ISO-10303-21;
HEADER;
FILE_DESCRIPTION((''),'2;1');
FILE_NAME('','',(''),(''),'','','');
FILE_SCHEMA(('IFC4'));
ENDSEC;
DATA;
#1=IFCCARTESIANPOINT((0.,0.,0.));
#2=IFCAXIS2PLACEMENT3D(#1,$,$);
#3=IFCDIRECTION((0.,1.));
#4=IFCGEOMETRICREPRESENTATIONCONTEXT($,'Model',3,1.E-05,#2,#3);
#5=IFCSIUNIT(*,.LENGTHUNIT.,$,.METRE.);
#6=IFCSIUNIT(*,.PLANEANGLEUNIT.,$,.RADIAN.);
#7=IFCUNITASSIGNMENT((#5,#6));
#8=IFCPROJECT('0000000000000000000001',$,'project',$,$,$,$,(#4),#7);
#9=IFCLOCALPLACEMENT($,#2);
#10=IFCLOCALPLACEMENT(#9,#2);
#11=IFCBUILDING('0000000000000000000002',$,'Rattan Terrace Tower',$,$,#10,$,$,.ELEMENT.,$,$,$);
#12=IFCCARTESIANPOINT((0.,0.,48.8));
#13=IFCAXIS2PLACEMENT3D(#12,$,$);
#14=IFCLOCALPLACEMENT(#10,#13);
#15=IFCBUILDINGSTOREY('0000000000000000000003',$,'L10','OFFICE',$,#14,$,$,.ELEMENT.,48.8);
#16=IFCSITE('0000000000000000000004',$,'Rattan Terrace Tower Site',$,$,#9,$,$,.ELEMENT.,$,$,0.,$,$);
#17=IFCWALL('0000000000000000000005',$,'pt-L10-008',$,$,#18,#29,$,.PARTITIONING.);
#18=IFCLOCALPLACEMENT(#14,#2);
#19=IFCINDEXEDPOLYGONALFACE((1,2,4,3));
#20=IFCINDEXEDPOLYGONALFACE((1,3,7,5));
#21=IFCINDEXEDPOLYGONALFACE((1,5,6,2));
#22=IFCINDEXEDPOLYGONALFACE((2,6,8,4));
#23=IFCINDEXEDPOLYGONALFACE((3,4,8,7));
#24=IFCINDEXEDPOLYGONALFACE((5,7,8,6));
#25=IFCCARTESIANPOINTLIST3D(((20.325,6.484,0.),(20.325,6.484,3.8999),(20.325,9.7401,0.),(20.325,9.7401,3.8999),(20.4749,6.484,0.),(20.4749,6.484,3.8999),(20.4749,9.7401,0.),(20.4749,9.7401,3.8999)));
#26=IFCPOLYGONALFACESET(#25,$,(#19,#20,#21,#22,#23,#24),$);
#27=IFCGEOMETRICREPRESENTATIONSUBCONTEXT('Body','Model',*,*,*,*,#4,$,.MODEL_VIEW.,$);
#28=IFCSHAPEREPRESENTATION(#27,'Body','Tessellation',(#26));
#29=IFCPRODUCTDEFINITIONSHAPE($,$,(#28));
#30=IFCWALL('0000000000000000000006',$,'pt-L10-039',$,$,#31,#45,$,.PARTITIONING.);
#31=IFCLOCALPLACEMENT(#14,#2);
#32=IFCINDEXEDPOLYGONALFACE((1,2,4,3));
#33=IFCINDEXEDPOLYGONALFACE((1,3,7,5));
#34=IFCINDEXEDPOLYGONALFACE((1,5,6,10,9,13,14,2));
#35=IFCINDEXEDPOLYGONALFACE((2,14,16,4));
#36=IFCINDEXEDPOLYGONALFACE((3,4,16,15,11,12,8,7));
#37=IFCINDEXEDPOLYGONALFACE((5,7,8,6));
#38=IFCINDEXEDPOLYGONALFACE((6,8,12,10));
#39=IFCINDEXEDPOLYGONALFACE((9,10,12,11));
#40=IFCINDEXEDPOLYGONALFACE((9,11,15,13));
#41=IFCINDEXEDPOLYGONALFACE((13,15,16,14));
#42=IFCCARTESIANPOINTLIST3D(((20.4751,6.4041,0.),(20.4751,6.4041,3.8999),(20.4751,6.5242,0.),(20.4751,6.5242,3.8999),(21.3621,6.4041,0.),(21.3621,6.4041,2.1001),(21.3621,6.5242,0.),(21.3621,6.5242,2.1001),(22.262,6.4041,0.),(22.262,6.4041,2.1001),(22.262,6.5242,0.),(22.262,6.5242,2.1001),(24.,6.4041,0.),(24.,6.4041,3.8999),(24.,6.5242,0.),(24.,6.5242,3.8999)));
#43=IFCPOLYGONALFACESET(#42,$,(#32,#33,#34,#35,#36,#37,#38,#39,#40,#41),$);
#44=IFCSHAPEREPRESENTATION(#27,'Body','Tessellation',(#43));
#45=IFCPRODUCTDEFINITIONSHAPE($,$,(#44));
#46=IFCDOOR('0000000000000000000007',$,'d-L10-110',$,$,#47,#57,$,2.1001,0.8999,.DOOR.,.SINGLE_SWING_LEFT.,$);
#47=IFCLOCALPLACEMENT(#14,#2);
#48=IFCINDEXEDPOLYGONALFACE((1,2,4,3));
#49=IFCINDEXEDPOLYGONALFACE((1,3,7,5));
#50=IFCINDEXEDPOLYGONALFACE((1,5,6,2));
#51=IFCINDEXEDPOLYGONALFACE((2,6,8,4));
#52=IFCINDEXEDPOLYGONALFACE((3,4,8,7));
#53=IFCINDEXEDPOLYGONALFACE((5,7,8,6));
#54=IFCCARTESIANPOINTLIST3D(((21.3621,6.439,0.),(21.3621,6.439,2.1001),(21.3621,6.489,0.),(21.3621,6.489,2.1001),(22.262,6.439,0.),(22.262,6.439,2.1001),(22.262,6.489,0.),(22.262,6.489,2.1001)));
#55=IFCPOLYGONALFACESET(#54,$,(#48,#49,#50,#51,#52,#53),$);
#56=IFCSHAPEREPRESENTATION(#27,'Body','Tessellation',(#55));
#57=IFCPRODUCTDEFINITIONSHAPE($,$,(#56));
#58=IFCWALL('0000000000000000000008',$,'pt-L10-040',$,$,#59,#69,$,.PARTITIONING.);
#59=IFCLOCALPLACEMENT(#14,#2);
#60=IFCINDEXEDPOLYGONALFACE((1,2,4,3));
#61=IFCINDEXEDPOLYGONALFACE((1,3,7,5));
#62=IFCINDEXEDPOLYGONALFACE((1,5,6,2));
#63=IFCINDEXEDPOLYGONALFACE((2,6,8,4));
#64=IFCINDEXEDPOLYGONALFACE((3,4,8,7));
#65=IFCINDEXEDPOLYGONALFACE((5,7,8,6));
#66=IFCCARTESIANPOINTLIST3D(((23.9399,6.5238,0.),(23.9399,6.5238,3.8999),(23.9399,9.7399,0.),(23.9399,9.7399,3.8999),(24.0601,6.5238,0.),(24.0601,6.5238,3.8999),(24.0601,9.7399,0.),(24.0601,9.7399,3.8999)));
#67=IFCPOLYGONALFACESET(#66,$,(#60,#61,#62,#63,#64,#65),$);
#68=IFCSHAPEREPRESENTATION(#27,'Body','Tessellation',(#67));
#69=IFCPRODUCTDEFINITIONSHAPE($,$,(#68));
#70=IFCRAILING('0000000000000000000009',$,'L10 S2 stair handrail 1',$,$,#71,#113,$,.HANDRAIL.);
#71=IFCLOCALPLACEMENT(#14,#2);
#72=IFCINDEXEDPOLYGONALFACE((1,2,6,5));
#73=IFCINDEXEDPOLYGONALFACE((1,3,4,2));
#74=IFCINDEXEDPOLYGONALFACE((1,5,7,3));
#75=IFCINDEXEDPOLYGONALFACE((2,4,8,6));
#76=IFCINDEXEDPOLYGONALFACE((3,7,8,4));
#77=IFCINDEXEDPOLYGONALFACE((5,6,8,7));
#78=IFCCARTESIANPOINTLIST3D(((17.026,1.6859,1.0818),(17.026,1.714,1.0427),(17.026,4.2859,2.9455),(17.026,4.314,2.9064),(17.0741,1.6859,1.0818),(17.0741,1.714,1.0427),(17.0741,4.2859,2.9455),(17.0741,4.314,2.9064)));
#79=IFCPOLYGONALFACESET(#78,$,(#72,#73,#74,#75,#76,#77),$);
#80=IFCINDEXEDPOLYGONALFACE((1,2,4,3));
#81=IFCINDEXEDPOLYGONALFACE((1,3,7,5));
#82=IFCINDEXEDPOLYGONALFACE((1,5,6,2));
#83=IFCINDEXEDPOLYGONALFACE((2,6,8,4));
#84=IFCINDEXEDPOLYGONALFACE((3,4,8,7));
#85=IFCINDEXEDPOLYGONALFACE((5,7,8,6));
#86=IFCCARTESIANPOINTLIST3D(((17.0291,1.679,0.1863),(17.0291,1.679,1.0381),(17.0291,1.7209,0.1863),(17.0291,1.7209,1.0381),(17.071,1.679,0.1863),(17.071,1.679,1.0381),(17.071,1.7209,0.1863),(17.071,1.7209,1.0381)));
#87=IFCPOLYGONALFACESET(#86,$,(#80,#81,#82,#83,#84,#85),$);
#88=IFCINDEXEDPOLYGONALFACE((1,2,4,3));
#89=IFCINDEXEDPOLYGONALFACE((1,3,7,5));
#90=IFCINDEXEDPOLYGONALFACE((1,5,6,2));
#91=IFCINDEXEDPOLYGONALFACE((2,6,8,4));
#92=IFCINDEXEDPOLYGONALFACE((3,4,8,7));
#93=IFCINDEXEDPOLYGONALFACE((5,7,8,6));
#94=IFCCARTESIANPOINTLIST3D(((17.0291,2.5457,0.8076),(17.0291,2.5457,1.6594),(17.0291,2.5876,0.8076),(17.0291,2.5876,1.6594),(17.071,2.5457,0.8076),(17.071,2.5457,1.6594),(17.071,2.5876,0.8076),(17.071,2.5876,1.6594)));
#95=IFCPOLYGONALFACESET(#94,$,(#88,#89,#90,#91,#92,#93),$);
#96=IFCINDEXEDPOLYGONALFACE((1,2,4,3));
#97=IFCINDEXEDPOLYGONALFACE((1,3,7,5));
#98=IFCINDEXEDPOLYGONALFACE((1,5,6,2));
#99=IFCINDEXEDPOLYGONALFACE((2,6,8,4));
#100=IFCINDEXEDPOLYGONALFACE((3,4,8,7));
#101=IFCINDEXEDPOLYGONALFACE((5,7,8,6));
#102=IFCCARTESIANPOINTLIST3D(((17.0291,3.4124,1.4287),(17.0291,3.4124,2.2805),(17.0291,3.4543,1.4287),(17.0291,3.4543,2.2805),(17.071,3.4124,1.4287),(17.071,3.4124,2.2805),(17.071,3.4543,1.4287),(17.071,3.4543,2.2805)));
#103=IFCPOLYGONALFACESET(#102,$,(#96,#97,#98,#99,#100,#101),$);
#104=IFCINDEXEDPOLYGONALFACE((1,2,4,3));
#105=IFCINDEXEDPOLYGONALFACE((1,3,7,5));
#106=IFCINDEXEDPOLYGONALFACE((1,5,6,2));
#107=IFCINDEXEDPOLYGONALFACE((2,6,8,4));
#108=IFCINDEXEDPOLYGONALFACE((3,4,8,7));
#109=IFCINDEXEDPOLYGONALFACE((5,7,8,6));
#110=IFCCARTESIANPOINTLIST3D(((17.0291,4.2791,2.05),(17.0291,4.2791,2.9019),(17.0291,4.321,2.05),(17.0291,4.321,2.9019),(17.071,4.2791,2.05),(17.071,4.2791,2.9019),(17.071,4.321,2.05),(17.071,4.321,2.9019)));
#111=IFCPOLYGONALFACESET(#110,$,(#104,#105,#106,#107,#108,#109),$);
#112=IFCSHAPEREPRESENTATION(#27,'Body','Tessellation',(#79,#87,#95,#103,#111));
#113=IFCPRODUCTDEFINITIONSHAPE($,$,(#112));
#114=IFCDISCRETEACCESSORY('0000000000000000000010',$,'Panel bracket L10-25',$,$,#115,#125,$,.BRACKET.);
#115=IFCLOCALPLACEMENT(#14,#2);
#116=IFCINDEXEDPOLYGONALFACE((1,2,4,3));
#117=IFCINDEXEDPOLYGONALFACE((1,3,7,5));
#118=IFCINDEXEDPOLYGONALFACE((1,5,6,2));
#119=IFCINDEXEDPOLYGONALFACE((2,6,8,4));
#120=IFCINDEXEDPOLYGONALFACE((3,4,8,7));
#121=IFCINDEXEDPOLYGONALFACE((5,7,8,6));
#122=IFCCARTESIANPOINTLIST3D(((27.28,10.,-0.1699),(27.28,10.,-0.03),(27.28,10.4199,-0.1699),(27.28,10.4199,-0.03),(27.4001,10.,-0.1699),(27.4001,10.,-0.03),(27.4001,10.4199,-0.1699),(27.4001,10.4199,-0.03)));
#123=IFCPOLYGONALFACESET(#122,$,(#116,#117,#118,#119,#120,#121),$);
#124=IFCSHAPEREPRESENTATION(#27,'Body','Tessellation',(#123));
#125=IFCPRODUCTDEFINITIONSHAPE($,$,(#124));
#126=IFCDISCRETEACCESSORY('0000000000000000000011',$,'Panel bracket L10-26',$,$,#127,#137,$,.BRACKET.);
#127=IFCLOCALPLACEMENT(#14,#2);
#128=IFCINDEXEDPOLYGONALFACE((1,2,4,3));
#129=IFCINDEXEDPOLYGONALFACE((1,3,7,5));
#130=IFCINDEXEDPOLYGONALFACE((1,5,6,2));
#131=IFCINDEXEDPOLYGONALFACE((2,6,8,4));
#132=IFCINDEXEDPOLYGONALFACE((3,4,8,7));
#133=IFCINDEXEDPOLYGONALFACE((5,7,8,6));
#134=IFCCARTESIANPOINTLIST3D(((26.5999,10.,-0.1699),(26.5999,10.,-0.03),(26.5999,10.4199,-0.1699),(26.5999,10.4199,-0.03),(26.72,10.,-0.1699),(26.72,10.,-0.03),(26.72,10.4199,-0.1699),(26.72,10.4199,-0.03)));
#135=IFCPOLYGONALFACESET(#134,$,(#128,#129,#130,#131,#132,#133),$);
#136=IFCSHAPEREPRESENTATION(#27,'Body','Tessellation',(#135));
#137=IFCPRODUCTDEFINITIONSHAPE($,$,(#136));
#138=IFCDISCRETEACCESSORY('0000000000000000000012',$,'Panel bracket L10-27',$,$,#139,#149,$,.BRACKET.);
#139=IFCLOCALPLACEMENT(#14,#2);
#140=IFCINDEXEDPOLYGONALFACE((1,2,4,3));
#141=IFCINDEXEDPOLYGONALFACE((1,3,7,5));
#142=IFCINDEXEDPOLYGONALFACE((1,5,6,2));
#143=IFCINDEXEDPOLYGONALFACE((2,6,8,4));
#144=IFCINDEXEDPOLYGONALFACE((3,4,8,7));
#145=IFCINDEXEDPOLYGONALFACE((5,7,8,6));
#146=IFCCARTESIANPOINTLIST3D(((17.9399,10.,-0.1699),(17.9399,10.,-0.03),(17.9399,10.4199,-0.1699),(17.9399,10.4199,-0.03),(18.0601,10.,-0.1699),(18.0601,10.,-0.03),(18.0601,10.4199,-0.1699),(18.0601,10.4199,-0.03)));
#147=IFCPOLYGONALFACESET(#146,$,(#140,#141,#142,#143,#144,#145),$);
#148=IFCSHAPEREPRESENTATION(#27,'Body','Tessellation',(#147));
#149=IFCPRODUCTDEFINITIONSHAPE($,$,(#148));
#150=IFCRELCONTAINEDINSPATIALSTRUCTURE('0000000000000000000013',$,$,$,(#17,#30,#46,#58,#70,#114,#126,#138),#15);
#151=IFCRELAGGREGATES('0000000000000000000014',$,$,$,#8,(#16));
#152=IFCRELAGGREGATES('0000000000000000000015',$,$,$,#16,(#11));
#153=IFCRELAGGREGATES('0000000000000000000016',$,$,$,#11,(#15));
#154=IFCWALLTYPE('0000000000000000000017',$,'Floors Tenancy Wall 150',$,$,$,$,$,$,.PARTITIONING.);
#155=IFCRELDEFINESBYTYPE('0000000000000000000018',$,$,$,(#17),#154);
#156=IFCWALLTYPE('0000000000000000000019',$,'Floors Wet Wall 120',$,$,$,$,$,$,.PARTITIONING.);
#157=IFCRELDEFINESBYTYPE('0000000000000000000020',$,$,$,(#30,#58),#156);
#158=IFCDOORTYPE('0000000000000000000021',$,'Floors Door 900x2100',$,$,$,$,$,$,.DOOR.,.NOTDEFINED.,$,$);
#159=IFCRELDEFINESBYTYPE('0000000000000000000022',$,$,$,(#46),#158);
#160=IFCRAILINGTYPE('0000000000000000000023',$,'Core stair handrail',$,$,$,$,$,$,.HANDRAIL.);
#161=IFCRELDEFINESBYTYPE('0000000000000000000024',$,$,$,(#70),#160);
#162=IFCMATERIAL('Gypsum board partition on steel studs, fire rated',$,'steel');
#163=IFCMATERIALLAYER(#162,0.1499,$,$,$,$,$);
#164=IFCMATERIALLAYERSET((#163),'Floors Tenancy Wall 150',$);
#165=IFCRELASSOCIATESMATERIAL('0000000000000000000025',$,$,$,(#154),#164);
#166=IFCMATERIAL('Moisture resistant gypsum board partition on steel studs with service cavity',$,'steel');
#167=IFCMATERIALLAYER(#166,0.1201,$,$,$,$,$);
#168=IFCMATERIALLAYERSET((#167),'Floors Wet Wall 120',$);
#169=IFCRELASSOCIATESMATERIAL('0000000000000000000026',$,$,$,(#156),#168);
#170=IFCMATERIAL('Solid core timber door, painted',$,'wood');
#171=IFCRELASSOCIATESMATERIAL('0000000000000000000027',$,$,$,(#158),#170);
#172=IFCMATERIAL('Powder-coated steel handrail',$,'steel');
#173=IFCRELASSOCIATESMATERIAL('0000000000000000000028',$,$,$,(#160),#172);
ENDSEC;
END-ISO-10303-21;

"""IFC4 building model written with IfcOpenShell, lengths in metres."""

from ifc_helpers import new_model, si_unit, direction, frame, frame_2d, origin, origin_2d, place, context, subcontext, project, spatial, rectangle, extrude, material, layer, layer_set, type_object, element, fill, save


model = new_model("IFC4")

# Units and contexts
model_context = context("Model", 3, precision=1e-05, world=origin(), true_north=direction((0.0, 1.0)))
body_context = subcontext(model_context, "Body", "Model", "MODEL_VIEW")
ifc_project = project(units=[si_unit("LENGTHUNIT", "METRE"), si_unit("PLANEANGLEUNIT", "RADIAN")], contexts=[model_context])

# Site, building, storey
site_placement = place(None, origin())
site = spatial("IfcSite", under=ifc_project, at=site_placement, Name="Rattan Terrace Tower Site", CompositionType="ELEMENT", RefElevation=0.0)
building_placement = place(site_placement, origin())
building = spatial("IfcBuilding", under=site, at=building_placement, Name="Rattan Terrace Tower", CompositionType="ELEMENT")
storey_placement = place(building_placement, frame((0.0, 0.0, 48.8)))
storey = spatial("IfcBuildingStorey", under=building, at=storey_placement, Name="L10", Description="OFFICE", CompositionType="ELEMENT", Elevation=48.8)

# Shared definitions
ifc_material_1 = material(Name="Gypsum board partition on steel studs, fire rated", Category="steel")
ifc_layer_1 = layer(ifc_material_1, 0.1499)
ifc_layer_set_1 = layer_set([ifc_layer_1], Name="Floors Tenancy Wall 150")
wall_type_1 = type_object("IfcWallType", Name="Floors Tenancy Wall 150", PredefinedType="PARTITIONING", material=ifc_layer_set_1)

# Wall
wall_1_placement = place(storey_placement, frame((20.3999, 9.74, 0.0), z_axis=(0.0, 0.0, 1.0), x_axis=(0.0, -1.0, 0.0)))
element("IfcWall", 1, at=wall_1_placement, inside=storey, type_object=wall_type_1, Name="pt-L10-008", PredefinedType="PARTITIONING", context=body_context, shape_type="SweptSolid", body=[
    extrude(rectangle(XDim=3.2561, YDim=0.1499, at=frame_2d((1.6279, 0.0))), origin(), (0.0, 0.0, 1.0), 3.8999),
])

# Wall, opening, door
ifc_material_2 = material(Name="Moisture resistant gypsum board partition on steel studs with service cavity", Category="steel")
ifc_layer_2 = layer(ifc_material_2, 0.1201)
ifc_layer_set_2 = layer_set([ifc_layer_2], Name="Floors Wet Wall 120")
wall_type_2 = type_object("IfcWallType", Name="Floors Wet Wall 120", PredefinedType="PARTITIONING", material=ifc_layer_set_2)
wall_2_placement = place(storey_placement, frame((20.4751, 6.4641, 0.0), z_axis=(0.0, 0.0, 1.0), x_axis=(1.0, 0.0, 0.0)))
wall_2 = element("IfcWall", 2, at=wall_2_placement, inside=storey, type_object=wall_type_2, Name="pt-L10-039", PredefinedType="PARTITIONING", context=body_context, shape_type="SweptSolid", body=[
    extrude(rectangle(XDim=3.5249, YDim=0.1201, at=frame_2d((1.7625, 0.0))), origin(), (0.0, 0.0, 1.0), 3.8999),
])
opening_1_placement = place(wall_2_placement, frame((0.887, 0.0, 0.0)))
opening_1 = element("IfcOpeningElement", 3, at=opening_1_placement, cuts=wall_2, PredefinedType="OPENING", context=body_context, shape_type="SweptSolid", body=[
    extrude(rectangle(XDim=0.8999, YDim=2.1001, at=frame_2d((0.45, 1.05))), frame((0.0, 0.0706, 0.0), z_axis=(0.0, -1.0, 0.0), x_axis=(1.0, 0.0, 0.0)), (0.0, 0.0, 1.0), 0.1411),
])
ifc_material_3 = material(Name="Solid core timber door, painted", Category="wood")
door_type_1 = type_object("IfcDoorType", Name="Floors Door 900x2100", OperationType="NOTDEFINED", PredefinedType="DOOR", material=ifc_material_3)
door_1_placement = place(opening_1_placement, origin())
door_1 = element("IfcDoor", 4, at=door_1_placement, inside=storey, type_object=door_type_1, Name="d-L10-110", OperationType="SINGLE_SWING_LEFT", OverallHeight=2.1001, OverallWidth=0.8999, PredefinedType="DOOR", context=body_context, shape_type="SweptSolid", body=[
    extrude(rectangle(XDim=0.8999, YDim=2.1001, at=frame_2d((0.45, 1.05))), frame((0.0, 0.0249, 0.0), z_axis=(0.0, -1.0, 0.0), x_axis=(1.0, 0.0, 0.0)), (0.0, 0.0, 1.0), 0.05),
])
fill(opening_1, door_1)

# Wall
wall_3_placement = place(storey_placement, frame((24.0, 6.5239, 0.0), z_axis=(0.0, 0.0, 1.0), x_axis=(0.0, 1.0, 0.0)))
element("IfcWall", 5, at=wall_3_placement, inside=storey, type_object=wall_type_2, Name="pt-L10-040", PredefinedType="PARTITIONING", context=body_context, shape_type="SweptSolid", body=[
    extrude(rectangle(XDim=3.2161, YDim=0.1201, at=frame_2d((1.6079, 0.0))), origin(), (0.0, 0.0, 1.0), 3.8999),
])

# Railing
ifc_material_4 = material(Name="Powder-coated steel handrail", Category="steel")
railing_type = type_object("IfcRailingType", Name="Core stair handrail", PredefinedType="HANDRAIL", material=ifc_material_4)
railing_placement = place(storey_placement, frame((17.05, 1.7, 0.1863)))
element("IfcRailing", 6, at=railing_placement, inside=storey, type_object=railing_type, Name="L10 S2 stair handrail 1", PredefinedType="HANDRAIL", context=body_context, shape_type="SweptSolid", body=[
    extrude(rectangle(XDim=0.0481, YDim=0.0481, at=origin_2d()), frame((0.0, 0.0, 0.876), z_axis=(0.0, 0.812763, 0.582595), x_axis=(-1.0, 0.0, 0.0)), (0.0, 0.0, 1.0), 3.199),
    extrude(rectangle(XDim=0.042, YDim=0.042, at=origin_2d()), origin(), (0.0, 0.0, 1.0), 0.8518),
    extrude(rectangle(XDim=0.042, YDim=0.042, at=origin_2d()), frame((0.0, 0.8667, 0.6213)), (0.0, 0.0, 1.0), 0.8518),
    extrude(rectangle(XDim=0.042, YDim=0.042, at=origin_2d()), frame((0.0, 1.7334, 1.2424)), (0.0, 0.0, 1.0), 0.8518),
    extrude(rectangle(XDim=0.042, YDim=0.042, at=origin_2d()), frame((0.0, 2.6001, 1.8638)), (0.0, 0.0, 1.0), 0.8518),
])

# Discrete accessories
for number, where, z_axis, x_axis, name in (
    (7, (27.3401, 10.21, -0.1699), (0.0, 0.0, 1.0), (-1.0, 0.0, 0.0), "Panel bracket L10-25"),
    (8, (26.6599, 10.21, -0.1699), (0.0, 0.0, 1.0), (-1.0, 0.0, 0.0), "Panel bracket L10-26"),
    (9, (18.0, 10.21, -0.1699), (0.0, 0.0, 1.0), (-1.0, 0.0, 0.0), "Panel bracket L10-27"),
):
    element("IfcDiscreteAccessory", number, at=place(storey_placement, frame(where, z_axis=z_axis, x_axis=x_axis)), inside=storey, Name=name, PredefinedType="BRACKET", context=body_context, shape_type="SweptSolid", body=[
        extrude(rectangle(XDim=0.1201, YDim=0.4199, at=origin_2d()), origin(), (0.0, 0.0, 1.0), 0.1399),
    ])

save(model, "model.ifc")
